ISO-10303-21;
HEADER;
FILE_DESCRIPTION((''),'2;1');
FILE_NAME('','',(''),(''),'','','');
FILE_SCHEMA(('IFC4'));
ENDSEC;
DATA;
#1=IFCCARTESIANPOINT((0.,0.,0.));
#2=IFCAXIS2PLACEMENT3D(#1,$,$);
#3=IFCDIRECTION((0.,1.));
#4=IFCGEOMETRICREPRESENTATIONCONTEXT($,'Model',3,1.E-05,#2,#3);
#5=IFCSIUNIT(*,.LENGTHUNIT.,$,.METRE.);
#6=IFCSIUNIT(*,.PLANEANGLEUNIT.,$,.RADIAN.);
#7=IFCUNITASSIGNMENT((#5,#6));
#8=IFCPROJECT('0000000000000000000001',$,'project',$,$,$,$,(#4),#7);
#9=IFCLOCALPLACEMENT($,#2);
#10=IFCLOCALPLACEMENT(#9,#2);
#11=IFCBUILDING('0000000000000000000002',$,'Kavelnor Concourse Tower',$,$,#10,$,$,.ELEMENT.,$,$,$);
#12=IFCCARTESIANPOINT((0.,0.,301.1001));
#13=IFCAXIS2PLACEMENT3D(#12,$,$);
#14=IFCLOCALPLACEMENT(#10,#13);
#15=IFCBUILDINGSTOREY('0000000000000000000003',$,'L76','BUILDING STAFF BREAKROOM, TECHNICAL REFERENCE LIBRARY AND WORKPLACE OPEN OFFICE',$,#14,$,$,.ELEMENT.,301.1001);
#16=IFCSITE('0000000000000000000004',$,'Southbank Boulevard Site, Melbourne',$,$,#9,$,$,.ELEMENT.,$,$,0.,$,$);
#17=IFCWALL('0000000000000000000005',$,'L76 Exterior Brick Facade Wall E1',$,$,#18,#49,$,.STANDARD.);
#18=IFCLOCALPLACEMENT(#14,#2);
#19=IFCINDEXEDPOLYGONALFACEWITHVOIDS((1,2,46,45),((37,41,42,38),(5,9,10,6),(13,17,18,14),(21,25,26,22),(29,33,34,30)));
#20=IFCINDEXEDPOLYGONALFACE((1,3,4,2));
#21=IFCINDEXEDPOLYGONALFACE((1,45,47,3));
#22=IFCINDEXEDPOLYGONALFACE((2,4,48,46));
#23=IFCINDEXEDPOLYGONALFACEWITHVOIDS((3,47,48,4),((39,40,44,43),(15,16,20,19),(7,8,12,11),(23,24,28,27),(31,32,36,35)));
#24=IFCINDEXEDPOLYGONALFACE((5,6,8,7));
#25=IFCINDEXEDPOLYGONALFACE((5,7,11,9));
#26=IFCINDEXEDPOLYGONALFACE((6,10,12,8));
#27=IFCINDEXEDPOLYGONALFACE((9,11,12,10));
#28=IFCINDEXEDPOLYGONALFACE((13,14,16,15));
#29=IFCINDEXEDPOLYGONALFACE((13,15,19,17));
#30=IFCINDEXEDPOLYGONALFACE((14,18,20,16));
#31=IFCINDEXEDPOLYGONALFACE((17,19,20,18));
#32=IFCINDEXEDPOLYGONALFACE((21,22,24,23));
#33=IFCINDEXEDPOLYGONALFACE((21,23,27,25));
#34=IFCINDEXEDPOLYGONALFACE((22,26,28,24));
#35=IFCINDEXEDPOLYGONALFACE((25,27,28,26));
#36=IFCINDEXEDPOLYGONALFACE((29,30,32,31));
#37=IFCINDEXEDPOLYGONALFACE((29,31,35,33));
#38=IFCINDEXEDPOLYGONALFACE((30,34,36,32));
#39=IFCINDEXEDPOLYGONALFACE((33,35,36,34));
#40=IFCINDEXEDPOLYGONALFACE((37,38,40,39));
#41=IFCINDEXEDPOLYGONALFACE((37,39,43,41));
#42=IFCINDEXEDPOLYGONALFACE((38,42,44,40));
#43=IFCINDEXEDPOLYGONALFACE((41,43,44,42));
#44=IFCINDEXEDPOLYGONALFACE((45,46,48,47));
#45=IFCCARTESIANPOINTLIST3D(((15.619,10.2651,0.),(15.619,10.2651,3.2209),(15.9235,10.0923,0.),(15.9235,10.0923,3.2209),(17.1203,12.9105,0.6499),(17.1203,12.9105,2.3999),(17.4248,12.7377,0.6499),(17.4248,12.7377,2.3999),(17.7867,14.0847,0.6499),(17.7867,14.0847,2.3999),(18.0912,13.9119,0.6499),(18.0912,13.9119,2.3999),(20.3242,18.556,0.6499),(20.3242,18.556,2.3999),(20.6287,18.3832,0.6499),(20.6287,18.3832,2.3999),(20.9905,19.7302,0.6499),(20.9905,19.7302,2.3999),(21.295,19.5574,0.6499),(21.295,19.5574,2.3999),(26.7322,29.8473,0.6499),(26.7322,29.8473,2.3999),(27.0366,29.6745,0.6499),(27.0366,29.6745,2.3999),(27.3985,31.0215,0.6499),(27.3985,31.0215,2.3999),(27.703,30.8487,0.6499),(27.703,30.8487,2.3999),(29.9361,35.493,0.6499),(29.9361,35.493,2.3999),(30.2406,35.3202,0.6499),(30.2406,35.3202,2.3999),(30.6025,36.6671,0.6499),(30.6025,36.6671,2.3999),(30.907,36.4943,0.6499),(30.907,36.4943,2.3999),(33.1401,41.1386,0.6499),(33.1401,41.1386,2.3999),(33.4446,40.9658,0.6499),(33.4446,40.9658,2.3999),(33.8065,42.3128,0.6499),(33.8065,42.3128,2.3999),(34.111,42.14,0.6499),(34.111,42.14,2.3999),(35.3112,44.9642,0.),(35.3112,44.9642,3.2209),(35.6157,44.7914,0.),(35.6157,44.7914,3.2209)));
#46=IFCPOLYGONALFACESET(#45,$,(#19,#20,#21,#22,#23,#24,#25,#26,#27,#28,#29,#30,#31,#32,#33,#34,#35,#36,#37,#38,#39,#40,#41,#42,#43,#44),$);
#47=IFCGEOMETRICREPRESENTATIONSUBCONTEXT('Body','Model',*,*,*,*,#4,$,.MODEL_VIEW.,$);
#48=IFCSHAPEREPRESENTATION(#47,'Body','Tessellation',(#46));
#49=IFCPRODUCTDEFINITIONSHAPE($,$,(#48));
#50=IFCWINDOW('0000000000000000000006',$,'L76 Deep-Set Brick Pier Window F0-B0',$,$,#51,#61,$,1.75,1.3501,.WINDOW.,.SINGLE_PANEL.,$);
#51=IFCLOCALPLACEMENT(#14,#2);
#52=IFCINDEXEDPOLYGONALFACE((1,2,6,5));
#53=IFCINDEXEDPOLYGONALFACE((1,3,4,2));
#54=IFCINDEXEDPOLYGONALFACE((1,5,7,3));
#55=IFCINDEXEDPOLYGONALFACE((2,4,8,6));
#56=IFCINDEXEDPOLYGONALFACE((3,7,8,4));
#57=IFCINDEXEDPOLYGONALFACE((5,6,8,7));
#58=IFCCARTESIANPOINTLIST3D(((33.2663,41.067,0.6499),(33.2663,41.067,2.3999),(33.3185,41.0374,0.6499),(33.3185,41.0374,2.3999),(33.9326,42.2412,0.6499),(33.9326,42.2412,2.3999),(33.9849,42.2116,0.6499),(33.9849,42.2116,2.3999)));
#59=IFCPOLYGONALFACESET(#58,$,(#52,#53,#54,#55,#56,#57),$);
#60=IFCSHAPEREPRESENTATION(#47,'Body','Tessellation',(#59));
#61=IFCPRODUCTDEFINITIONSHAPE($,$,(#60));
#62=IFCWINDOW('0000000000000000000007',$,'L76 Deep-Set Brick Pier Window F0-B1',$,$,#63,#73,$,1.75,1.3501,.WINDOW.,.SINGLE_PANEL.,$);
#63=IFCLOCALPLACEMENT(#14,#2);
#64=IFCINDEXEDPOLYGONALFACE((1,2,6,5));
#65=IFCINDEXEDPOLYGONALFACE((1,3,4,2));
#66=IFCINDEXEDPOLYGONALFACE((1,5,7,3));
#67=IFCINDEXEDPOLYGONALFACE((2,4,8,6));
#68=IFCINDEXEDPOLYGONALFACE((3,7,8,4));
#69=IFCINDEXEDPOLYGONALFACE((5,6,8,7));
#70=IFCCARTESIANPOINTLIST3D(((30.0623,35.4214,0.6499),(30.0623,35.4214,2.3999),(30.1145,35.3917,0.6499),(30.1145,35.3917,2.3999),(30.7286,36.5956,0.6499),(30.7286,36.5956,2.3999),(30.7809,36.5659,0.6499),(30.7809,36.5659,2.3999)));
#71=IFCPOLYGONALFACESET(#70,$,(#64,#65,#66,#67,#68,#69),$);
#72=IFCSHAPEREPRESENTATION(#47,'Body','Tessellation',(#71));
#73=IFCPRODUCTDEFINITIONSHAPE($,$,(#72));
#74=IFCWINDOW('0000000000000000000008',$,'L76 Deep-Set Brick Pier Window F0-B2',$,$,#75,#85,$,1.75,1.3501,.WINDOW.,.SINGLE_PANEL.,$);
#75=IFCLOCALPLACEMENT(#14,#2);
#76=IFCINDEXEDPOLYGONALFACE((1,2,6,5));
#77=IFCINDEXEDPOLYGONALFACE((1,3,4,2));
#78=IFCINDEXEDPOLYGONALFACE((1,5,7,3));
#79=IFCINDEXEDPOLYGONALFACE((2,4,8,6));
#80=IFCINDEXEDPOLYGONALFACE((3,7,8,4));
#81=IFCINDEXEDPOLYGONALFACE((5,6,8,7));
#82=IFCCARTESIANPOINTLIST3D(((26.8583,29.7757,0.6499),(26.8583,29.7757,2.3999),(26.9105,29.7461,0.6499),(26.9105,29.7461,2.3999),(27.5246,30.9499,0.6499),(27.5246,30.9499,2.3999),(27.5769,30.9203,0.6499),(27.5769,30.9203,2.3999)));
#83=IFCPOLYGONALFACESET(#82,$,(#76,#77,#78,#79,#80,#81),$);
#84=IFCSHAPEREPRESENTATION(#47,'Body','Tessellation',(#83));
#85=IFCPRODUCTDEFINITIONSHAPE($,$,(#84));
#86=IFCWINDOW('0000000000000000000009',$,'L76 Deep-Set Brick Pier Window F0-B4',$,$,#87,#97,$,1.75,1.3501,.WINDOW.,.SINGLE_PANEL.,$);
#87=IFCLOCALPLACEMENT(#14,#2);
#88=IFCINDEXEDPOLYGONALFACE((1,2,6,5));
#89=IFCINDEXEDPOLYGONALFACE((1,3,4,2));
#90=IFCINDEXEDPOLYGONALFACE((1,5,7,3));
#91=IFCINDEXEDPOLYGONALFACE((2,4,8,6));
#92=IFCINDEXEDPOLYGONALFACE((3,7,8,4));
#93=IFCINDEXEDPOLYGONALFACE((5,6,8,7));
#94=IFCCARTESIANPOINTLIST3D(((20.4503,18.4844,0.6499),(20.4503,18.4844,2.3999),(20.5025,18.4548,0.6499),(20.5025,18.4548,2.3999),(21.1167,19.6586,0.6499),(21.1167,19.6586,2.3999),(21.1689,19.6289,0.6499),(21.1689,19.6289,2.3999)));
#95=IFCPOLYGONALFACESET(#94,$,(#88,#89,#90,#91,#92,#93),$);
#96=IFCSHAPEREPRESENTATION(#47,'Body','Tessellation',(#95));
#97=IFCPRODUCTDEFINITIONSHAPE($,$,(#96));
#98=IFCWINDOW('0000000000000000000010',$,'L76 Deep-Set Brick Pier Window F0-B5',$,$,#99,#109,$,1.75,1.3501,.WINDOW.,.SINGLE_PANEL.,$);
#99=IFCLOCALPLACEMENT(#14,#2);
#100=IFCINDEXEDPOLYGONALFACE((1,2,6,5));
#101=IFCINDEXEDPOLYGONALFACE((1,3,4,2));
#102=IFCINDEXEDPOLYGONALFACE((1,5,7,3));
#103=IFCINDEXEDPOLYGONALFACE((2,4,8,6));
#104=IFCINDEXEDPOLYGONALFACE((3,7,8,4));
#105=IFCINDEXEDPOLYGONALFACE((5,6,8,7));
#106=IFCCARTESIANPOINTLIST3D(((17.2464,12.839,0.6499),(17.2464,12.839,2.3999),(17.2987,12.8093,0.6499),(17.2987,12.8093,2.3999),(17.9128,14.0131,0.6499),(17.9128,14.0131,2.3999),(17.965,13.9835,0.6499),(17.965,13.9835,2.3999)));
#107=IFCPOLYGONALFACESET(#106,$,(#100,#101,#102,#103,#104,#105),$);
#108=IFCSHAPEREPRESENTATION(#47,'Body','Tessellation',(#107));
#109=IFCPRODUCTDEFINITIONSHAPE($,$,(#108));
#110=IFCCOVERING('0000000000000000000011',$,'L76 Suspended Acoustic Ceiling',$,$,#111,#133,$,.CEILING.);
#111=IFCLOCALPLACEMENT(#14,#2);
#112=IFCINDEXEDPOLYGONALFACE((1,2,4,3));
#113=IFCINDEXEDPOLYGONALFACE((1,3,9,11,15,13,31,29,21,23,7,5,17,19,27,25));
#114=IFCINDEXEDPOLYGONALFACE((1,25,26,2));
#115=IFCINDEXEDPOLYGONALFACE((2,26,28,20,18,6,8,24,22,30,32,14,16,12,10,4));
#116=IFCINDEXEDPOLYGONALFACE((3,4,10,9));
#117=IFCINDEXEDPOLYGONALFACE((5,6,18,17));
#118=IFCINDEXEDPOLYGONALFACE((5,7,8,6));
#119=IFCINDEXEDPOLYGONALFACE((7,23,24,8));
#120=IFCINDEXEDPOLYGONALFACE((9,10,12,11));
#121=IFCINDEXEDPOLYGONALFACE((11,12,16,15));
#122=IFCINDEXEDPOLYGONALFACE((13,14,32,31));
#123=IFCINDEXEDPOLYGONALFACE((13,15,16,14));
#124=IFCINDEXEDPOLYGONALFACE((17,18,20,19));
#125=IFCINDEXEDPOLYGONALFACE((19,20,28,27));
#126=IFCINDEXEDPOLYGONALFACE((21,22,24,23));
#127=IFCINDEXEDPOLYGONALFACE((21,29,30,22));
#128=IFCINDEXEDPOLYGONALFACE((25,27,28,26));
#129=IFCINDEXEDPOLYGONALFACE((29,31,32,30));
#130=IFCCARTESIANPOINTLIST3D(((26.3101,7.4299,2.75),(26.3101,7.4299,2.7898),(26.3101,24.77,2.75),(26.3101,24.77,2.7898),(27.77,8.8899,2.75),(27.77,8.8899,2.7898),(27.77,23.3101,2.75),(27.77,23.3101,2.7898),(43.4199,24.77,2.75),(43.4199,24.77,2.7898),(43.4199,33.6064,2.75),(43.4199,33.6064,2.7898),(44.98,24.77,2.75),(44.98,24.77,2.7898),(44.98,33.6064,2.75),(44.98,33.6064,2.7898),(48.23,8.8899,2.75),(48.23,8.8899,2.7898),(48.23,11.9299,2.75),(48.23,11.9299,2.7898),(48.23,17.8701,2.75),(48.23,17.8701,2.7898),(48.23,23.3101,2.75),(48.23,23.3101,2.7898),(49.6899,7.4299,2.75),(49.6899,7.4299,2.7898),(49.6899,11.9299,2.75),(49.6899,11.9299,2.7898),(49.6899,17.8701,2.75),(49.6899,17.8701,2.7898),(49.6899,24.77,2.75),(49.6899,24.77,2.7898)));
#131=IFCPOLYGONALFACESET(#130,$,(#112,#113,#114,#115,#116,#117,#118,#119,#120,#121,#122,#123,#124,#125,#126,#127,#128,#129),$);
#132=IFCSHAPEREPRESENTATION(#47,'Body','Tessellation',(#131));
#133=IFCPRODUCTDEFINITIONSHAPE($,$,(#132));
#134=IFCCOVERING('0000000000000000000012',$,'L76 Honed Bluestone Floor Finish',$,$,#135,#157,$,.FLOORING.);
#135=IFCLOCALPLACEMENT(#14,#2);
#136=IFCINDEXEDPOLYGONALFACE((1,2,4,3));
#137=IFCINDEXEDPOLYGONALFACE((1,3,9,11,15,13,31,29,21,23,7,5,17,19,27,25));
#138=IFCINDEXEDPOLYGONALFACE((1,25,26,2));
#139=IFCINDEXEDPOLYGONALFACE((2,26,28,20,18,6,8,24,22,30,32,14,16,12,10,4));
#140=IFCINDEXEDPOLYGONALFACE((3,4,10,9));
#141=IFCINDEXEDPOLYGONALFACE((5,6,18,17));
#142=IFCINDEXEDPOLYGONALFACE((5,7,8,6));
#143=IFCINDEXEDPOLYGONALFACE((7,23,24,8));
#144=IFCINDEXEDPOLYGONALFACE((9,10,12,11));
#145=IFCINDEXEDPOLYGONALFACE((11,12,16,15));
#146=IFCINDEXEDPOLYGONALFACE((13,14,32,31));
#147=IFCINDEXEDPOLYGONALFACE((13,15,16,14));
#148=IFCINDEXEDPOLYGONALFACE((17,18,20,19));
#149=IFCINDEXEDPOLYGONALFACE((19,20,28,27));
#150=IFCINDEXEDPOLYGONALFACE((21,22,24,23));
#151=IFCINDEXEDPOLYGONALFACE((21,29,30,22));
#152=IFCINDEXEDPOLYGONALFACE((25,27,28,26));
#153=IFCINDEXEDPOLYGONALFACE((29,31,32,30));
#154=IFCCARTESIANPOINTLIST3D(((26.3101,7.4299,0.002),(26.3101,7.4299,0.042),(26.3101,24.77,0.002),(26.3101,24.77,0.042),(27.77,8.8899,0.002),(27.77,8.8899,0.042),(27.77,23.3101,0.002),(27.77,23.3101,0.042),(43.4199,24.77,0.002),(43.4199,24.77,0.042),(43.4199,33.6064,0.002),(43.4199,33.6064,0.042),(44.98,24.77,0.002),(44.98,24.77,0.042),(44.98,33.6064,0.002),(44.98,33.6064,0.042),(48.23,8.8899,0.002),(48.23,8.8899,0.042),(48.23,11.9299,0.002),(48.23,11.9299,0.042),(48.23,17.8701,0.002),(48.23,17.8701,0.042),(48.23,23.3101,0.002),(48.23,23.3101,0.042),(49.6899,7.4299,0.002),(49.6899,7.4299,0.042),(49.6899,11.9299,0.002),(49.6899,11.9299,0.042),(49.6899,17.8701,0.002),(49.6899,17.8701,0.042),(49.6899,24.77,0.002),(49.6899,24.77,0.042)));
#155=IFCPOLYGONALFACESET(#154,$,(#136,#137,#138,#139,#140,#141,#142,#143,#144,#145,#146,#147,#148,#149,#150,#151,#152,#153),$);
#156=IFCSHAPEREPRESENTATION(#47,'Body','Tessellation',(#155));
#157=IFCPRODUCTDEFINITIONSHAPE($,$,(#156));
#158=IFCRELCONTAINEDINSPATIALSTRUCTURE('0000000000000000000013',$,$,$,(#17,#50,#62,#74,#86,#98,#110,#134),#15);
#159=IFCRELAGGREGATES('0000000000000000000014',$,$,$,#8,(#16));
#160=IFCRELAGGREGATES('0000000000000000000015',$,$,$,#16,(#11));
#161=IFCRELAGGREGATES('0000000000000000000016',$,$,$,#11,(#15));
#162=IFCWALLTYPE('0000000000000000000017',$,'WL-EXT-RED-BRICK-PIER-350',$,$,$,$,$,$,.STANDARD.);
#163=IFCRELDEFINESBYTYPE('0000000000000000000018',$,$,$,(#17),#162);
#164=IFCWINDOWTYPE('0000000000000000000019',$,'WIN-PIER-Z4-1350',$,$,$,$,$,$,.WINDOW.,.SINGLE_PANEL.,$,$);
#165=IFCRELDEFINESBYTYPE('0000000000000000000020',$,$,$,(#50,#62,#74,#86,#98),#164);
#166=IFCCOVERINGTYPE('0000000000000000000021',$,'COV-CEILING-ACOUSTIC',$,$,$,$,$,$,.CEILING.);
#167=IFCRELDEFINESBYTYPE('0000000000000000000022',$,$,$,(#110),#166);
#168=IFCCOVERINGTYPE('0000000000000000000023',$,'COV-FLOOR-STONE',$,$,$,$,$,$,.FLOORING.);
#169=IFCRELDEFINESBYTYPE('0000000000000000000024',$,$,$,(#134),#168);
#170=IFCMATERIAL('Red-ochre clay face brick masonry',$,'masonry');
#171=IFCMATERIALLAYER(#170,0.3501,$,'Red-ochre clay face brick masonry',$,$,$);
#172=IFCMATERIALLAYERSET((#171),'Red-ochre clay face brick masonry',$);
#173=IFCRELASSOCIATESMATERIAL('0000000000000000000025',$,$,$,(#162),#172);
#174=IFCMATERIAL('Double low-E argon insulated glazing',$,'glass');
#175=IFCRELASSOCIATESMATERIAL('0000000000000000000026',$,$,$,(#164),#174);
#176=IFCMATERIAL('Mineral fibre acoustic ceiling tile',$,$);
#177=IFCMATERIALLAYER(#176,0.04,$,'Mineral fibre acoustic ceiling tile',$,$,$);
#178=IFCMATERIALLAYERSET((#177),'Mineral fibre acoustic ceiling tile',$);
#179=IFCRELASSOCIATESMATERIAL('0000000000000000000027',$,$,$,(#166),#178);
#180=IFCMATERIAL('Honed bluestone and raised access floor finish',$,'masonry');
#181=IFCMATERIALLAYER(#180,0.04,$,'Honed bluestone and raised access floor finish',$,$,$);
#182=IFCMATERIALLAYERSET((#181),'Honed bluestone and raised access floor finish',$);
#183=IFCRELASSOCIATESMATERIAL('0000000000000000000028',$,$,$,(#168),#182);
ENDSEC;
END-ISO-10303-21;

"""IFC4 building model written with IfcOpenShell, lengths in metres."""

from ifc_helpers import new_model, si_unit, direction, frame, frame_2d, origin, place, context, subcontext, project, spatial, polyline, rectangle, outline, extrude, material, layer, layer_set, type_object, element, fill, save


model = new_model("IFC4")

# Units and contexts
model_context = context("Model", 3, precision=1e-05, world=origin(), true_north=direction((0.0, 1.0)))
body_context = subcontext(model_context, "Body", "Model", "MODEL_VIEW")
ifc_project = project(units=[si_unit("LENGTHUNIT", "METRE"), si_unit("PLANEANGLEUNIT", "RADIAN")], contexts=[model_context])

# Site, building, storey
site_placement = place(None, origin())
site = spatial("IfcSite", under=ifc_project, at=site_placement, Name="Southbank Boulevard Site, Melbourne", CompositionType="ELEMENT", RefElevation=0.0)
building_placement = place(site_placement, origin())
building = spatial("IfcBuilding", under=site, at=building_placement, Name="Kavelnor Concourse Tower", CompositionType="ELEMENT")
storey_placement = place(building_placement, frame((0.0, 0.0, 301.1001)))
storey = spatial("IfcBuildingStorey", under=building, at=storey_placement, Name="L76", Description="BUILDING STAFF BREAKROOM, TECHNICAL REFERENCE LIBRARY AND WORKPLACE OPEN OFFICE", CompositionType="ELEMENT", Elevation=301.1001)

# Shared definitions
ifc_material_1 = material(Name="Double low-E argon insulated glazing", Category="glass")

# Wall, openings, windows
ifc_material_2 = material(Name="Red-ochre clay face brick masonry", Category="masonry")
ifc_layer_1 = layer(ifc_material_2, 0.3501, Name="Red-ochre clay face brick masonry")
ifc_layer_set_1 = layer_set([ifc_layer_1], Name="Red-ochre clay face brick masonry")
wall_type_1 = type_object("IfcWallType", Name="WL-EXT-RED-BRICK-PIER-350", PredefinedType="STANDARD", material=ifc_layer_set_1)
wall_1_placement = place(storey_placement, frame((15.7712, 10.1787, 0.0), z_axis=(0.0, 0.0, 1.0), x_axis=(0.49357, 0.869706, 0.0)))
wall_1 = element("IfcWall", 1, at=wall_1_placement, inside=storey, type_object=wall_type_1, Name="L76 Exterior Brick Facade Wall E1", PredefinedType="STANDARD", context=body_context, shape_type="SweptSolid", body=[
    extrude(rectangle(XDim=39.8975, YDim=0.3501, at=frame_2d((19.9487, 0.0))), origin(), (0.0, 0.0, 1.0), 3.2209),
])
opening_1_placement = place(wall_1_placement, frame((35.4988, 0.0, 0.6499)))
opening_1 = element("IfcOpeningElement", 2, at=opening_1_placement, cuts=wall_1, PredefinedType="OPENING", context=body_context, shape_type="SweptSolid", body=[
    extrude(rectangle(XDim=1.3501, YDim=1.75, at=frame_2d((0.675, 0.875))), frame((0.0, 0.1851, 0.0), z_axis=(0.0, -1.0, 0.0), x_axis=(1.0, 0.0, 0.0)), (0.0, 0.0, 1.0), 0.3701),
])
opening_2_placement = place(wall_1_placement, frame((29.0073, 0.0, 0.6499)))
opening_2 = element("IfcOpeningElement", 3, at=opening_2_placement, cuts=wall_1, PredefinedType="OPENING", context=body_context, shape_type="SweptSolid", body=[
    extrude(rectangle(XDim=1.3501, YDim=1.75, at=frame_2d((0.675, 0.875))), frame((0.0, 0.1851, 0.0), z_axis=(0.0, -1.0, 0.0), x_axis=(1.0, 0.0, 0.0)), (0.0, 0.0, 1.0), 0.3701),
])
opening_3_placement = place(wall_1_placement, frame((22.5159, 0.0, 0.6499)))
opening_3 = element("IfcOpeningElement", 4, at=opening_3_placement, cuts=wall_1, PredefinedType="OPENING", context=body_context, shape_type="SweptSolid", body=[
    extrude(rectangle(XDim=1.3501, YDim=1.75, at=frame_2d((0.675, 0.875))), frame((0.0, 0.1851, 0.0), z_axis=(0.0, -1.0, 0.0), x_axis=(1.0, 0.0, 0.0)), (0.0, 0.0, 1.0), 0.3701),
])
opening_4_placement = place(wall_1_placement, frame((9.533, 0.0, 0.6499)))
opening_4 = element("IfcOpeningElement", 5, at=opening_4_placement, cuts=wall_1, PredefinedType="OPENING", context=body_context, shape_type="SweptSolid", body=[
    extrude(rectangle(XDim=1.3501, YDim=1.75, at=frame_2d((0.675, 0.875))), frame((0.0, 0.1851, 0.0), z_axis=(0.0, -1.0, 0.0), x_axis=(1.0, 0.0, 0.0)), (0.0, 0.0, 1.0), 0.3701),
])
opening_5_placement = place(wall_1_placement, frame((3.0417, 0.0, 0.6499)))
opening_5 = element("IfcOpeningElement", 6, at=opening_5_placement, cuts=wall_1, PredefinedType="OPENING", context=body_context, shape_type="SweptSolid", body=[
    extrude(rectangle(XDim=1.3501, YDim=1.75, at=frame_2d((0.675, 0.875))), frame((0.0, 0.1851, 0.0), z_axis=(0.0, -1.0, 0.0), x_axis=(1.0, 0.0, 0.0)), (0.0, 0.0, 1.0), 0.3701),
])
window_type_1 = type_object("IfcWindowType", Name="WIN-PIER-Z4-1350", PartitioningType="SINGLE_PANEL", PredefinedType="WINDOW", material=ifc_material_1)
window_1_placement = place(opening_1_placement, origin())
window_1 = element("IfcWindow", 7, at=window_1_placement, inside=storey, type_object=window_type_1, Name="L76 Deep-Set Brick Pier Window F0-B0", OverallHeight=1.75, OverallWidth=1.3501, PartitioningType="SINGLE_PANEL", PredefinedType="WINDOW", context=body_context, shape_type="SweptSolid", body=[
    extrude(rectangle(XDim=1.3501, YDim=1.75, at=frame_2d((0.675, 0.875))), frame((0.0, 0.03, 0.0), z_axis=(0.0, -1.0, 0.0), x_axis=(1.0, 0.0, 0.0)), (0.0, 0.0, 1.0), 0.0601),
])
fill(opening_1, window_1)
window_2_placement = place(opening_2_placement, origin())
window_2 = element("IfcWindow", 8, at=window_2_placement, inside=storey, type_object=window_type_1, Name="L76 Deep-Set Brick Pier Window F0-B1", OverallHeight=1.75, OverallWidth=1.3501, PartitioningType="SINGLE_PANEL", PredefinedType="WINDOW", context=body_context, shape_type="SweptSolid", body=[
    extrude(rectangle(XDim=1.3501, YDim=1.75, at=frame_2d((0.675, 0.875))), frame((0.0, 0.03, 0.0), z_axis=(0.0, -1.0, 0.0), x_axis=(1.0, 0.0, 0.0)), (0.0, 0.0, 1.0), 0.0601),
])
fill(opening_2, window_2)
window_3_placement = place(opening_3_placement, origin())
window_3 = element("IfcWindow", 9, at=window_3_placement, inside=storey, type_object=window_type_1, Name="L76 Deep-Set Brick Pier Window F0-B2", OverallHeight=1.75, OverallWidth=1.3501, PartitioningType="SINGLE_PANEL", PredefinedType="WINDOW", context=body_context, shape_type="SweptSolid", body=[
    extrude(rectangle(XDim=1.3501, YDim=1.75, at=frame_2d((0.675, 0.875))), frame((0.0, 0.03, 0.0), z_axis=(0.0, -1.0, 0.0), x_axis=(1.0, 0.0, 0.0)), (0.0, 0.0, 1.0), 0.0601),
])
fill(opening_3, window_3)
window_4_placement = place(opening_4_placement, origin())
window_4 = element("IfcWindow", 10, at=window_4_placement, inside=storey, type_object=window_type_1, Name="L76 Deep-Set Brick Pier Window F0-B4", OverallHeight=1.75, OverallWidth=1.3501, PartitioningType="SINGLE_PANEL", PredefinedType="WINDOW", context=body_context, shape_type="SweptSolid", body=[
    extrude(rectangle(XDim=1.3501, YDim=1.75, at=frame_2d((0.675, 0.875))), frame((0.0, 0.03, 0.0), z_axis=(0.0, -1.0, 0.0), x_axis=(1.0, 0.0, 0.0)), (0.0, 0.0, 1.0), 0.0601),
])
fill(opening_4, window_4)
window_5_placement = place(opening_5_placement, origin())
window_5 = element("IfcWindow", 11, at=window_5_placement, inside=storey, type_object=window_type_1, Name="L76 Deep-Set Brick Pier Window F0-B5", OverallHeight=1.75, OverallWidth=1.3501, PartitioningType="SINGLE_PANEL", PredefinedType="WINDOW", context=body_context, shape_type="SweptSolid", body=[
    extrude(rectangle(XDim=1.3501, YDim=1.75, at=frame_2d((0.675, 0.875))), frame((0.0, 0.03, 0.0), z_axis=(0.0, -1.0, 0.0), x_axis=(1.0, 0.0, 0.0)), (0.0, 0.0, 1.0), 0.0601),
])
fill(opening_5, window_5)

# Coverings
ifc_material_3 = material(Name="Mineral fibre acoustic ceiling tile")
ifc_layer_2 = layer(ifc_material_3, 0.04, Name="Mineral fibre acoustic ceiling tile")
ifc_layer_set_2 = layer_set([ifc_layer_2], Name="Mineral fibre acoustic ceiling tile")
covering_type_1 = type_object("IfcCoveringType", Name="COV-CEILING-ACOUSTIC", PredefinedType="CEILING", material=ifc_layer_set_2)
covering_1_placement = place(storey_placement, frame((0.0, 0.0, 2.75)))
element("IfcCovering", 12, at=covering_1_placement, inside=storey, type_object=covering_type_1, Name="L76 Suspended Acoustic Ceiling", PredefinedType="CEILING", context=body_context, shape_type="SweptSolid", body=[
    extrude(outline(polyline([(44.98, 24.77), (49.6899, 24.77), (49.6899, 17.8701), (48.23, 17.8701), (48.23, 23.3101), (27.77, 23.3101), (27.77, 8.8899), (48.23, 8.8899), (48.23, 11.9299), (49.6899, 11.9299), (49.6899, 7.4299), (26.3101, 7.4299), (26.3101, 24.77), (43.4199, 24.77), (43.4199, 33.6064), (44.98, 33.6064), (44.98, 24.77)])), origin(), (0.0, 0.0, 1.0), 0.0398),
])
ifc_material_4 = material(Name="Honed bluestone and raised access floor finish", Category="masonry")
ifc_layer_3 = layer(ifc_material_4, 0.04, Name="Honed bluestone and raised access floor finish")
ifc_layer_set_3 = layer_set([ifc_layer_3], Name="Honed bluestone and raised access floor finish")
covering_type_2 = type_object("IfcCoveringType", Name="COV-FLOOR-STONE", PredefinedType="FLOORING", material=ifc_layer_set_3)
covering_2_placement = place(storey_placement, frame((0.0, 0.0, 0.002)))
element("IfcCovering", 13, at=covering_2_placement, inside=storey, type_object=covering_type_2, Name="L76 Honed Bluestone Floor Finish", PredefinedType="FLOORING", context=body_context, shape_type="SweptSolid", body=[
    extrude(outline(polyline([(44.98, 24.77), (49.6899, 24.77), (49.6899, 17.8701), (48.23, 17.8701), (48.23, 23.3101), (27.77, 23.3101), (27.77, 8.8899), (48.23, 8.8899), (48.23, 11.9299), (49.6899, 11.9299), (49.6899, 7.4299), (26.3101, 7.4299), (26.3101, 24.77), (43.4199, 24.77), (43.4199, 33.6064), (44.98, 33.6064), (44.98, 24.77)])), origin(), (0.0, 0.0, 1.0), 0.04),
])

save(model, "model.ifc")
